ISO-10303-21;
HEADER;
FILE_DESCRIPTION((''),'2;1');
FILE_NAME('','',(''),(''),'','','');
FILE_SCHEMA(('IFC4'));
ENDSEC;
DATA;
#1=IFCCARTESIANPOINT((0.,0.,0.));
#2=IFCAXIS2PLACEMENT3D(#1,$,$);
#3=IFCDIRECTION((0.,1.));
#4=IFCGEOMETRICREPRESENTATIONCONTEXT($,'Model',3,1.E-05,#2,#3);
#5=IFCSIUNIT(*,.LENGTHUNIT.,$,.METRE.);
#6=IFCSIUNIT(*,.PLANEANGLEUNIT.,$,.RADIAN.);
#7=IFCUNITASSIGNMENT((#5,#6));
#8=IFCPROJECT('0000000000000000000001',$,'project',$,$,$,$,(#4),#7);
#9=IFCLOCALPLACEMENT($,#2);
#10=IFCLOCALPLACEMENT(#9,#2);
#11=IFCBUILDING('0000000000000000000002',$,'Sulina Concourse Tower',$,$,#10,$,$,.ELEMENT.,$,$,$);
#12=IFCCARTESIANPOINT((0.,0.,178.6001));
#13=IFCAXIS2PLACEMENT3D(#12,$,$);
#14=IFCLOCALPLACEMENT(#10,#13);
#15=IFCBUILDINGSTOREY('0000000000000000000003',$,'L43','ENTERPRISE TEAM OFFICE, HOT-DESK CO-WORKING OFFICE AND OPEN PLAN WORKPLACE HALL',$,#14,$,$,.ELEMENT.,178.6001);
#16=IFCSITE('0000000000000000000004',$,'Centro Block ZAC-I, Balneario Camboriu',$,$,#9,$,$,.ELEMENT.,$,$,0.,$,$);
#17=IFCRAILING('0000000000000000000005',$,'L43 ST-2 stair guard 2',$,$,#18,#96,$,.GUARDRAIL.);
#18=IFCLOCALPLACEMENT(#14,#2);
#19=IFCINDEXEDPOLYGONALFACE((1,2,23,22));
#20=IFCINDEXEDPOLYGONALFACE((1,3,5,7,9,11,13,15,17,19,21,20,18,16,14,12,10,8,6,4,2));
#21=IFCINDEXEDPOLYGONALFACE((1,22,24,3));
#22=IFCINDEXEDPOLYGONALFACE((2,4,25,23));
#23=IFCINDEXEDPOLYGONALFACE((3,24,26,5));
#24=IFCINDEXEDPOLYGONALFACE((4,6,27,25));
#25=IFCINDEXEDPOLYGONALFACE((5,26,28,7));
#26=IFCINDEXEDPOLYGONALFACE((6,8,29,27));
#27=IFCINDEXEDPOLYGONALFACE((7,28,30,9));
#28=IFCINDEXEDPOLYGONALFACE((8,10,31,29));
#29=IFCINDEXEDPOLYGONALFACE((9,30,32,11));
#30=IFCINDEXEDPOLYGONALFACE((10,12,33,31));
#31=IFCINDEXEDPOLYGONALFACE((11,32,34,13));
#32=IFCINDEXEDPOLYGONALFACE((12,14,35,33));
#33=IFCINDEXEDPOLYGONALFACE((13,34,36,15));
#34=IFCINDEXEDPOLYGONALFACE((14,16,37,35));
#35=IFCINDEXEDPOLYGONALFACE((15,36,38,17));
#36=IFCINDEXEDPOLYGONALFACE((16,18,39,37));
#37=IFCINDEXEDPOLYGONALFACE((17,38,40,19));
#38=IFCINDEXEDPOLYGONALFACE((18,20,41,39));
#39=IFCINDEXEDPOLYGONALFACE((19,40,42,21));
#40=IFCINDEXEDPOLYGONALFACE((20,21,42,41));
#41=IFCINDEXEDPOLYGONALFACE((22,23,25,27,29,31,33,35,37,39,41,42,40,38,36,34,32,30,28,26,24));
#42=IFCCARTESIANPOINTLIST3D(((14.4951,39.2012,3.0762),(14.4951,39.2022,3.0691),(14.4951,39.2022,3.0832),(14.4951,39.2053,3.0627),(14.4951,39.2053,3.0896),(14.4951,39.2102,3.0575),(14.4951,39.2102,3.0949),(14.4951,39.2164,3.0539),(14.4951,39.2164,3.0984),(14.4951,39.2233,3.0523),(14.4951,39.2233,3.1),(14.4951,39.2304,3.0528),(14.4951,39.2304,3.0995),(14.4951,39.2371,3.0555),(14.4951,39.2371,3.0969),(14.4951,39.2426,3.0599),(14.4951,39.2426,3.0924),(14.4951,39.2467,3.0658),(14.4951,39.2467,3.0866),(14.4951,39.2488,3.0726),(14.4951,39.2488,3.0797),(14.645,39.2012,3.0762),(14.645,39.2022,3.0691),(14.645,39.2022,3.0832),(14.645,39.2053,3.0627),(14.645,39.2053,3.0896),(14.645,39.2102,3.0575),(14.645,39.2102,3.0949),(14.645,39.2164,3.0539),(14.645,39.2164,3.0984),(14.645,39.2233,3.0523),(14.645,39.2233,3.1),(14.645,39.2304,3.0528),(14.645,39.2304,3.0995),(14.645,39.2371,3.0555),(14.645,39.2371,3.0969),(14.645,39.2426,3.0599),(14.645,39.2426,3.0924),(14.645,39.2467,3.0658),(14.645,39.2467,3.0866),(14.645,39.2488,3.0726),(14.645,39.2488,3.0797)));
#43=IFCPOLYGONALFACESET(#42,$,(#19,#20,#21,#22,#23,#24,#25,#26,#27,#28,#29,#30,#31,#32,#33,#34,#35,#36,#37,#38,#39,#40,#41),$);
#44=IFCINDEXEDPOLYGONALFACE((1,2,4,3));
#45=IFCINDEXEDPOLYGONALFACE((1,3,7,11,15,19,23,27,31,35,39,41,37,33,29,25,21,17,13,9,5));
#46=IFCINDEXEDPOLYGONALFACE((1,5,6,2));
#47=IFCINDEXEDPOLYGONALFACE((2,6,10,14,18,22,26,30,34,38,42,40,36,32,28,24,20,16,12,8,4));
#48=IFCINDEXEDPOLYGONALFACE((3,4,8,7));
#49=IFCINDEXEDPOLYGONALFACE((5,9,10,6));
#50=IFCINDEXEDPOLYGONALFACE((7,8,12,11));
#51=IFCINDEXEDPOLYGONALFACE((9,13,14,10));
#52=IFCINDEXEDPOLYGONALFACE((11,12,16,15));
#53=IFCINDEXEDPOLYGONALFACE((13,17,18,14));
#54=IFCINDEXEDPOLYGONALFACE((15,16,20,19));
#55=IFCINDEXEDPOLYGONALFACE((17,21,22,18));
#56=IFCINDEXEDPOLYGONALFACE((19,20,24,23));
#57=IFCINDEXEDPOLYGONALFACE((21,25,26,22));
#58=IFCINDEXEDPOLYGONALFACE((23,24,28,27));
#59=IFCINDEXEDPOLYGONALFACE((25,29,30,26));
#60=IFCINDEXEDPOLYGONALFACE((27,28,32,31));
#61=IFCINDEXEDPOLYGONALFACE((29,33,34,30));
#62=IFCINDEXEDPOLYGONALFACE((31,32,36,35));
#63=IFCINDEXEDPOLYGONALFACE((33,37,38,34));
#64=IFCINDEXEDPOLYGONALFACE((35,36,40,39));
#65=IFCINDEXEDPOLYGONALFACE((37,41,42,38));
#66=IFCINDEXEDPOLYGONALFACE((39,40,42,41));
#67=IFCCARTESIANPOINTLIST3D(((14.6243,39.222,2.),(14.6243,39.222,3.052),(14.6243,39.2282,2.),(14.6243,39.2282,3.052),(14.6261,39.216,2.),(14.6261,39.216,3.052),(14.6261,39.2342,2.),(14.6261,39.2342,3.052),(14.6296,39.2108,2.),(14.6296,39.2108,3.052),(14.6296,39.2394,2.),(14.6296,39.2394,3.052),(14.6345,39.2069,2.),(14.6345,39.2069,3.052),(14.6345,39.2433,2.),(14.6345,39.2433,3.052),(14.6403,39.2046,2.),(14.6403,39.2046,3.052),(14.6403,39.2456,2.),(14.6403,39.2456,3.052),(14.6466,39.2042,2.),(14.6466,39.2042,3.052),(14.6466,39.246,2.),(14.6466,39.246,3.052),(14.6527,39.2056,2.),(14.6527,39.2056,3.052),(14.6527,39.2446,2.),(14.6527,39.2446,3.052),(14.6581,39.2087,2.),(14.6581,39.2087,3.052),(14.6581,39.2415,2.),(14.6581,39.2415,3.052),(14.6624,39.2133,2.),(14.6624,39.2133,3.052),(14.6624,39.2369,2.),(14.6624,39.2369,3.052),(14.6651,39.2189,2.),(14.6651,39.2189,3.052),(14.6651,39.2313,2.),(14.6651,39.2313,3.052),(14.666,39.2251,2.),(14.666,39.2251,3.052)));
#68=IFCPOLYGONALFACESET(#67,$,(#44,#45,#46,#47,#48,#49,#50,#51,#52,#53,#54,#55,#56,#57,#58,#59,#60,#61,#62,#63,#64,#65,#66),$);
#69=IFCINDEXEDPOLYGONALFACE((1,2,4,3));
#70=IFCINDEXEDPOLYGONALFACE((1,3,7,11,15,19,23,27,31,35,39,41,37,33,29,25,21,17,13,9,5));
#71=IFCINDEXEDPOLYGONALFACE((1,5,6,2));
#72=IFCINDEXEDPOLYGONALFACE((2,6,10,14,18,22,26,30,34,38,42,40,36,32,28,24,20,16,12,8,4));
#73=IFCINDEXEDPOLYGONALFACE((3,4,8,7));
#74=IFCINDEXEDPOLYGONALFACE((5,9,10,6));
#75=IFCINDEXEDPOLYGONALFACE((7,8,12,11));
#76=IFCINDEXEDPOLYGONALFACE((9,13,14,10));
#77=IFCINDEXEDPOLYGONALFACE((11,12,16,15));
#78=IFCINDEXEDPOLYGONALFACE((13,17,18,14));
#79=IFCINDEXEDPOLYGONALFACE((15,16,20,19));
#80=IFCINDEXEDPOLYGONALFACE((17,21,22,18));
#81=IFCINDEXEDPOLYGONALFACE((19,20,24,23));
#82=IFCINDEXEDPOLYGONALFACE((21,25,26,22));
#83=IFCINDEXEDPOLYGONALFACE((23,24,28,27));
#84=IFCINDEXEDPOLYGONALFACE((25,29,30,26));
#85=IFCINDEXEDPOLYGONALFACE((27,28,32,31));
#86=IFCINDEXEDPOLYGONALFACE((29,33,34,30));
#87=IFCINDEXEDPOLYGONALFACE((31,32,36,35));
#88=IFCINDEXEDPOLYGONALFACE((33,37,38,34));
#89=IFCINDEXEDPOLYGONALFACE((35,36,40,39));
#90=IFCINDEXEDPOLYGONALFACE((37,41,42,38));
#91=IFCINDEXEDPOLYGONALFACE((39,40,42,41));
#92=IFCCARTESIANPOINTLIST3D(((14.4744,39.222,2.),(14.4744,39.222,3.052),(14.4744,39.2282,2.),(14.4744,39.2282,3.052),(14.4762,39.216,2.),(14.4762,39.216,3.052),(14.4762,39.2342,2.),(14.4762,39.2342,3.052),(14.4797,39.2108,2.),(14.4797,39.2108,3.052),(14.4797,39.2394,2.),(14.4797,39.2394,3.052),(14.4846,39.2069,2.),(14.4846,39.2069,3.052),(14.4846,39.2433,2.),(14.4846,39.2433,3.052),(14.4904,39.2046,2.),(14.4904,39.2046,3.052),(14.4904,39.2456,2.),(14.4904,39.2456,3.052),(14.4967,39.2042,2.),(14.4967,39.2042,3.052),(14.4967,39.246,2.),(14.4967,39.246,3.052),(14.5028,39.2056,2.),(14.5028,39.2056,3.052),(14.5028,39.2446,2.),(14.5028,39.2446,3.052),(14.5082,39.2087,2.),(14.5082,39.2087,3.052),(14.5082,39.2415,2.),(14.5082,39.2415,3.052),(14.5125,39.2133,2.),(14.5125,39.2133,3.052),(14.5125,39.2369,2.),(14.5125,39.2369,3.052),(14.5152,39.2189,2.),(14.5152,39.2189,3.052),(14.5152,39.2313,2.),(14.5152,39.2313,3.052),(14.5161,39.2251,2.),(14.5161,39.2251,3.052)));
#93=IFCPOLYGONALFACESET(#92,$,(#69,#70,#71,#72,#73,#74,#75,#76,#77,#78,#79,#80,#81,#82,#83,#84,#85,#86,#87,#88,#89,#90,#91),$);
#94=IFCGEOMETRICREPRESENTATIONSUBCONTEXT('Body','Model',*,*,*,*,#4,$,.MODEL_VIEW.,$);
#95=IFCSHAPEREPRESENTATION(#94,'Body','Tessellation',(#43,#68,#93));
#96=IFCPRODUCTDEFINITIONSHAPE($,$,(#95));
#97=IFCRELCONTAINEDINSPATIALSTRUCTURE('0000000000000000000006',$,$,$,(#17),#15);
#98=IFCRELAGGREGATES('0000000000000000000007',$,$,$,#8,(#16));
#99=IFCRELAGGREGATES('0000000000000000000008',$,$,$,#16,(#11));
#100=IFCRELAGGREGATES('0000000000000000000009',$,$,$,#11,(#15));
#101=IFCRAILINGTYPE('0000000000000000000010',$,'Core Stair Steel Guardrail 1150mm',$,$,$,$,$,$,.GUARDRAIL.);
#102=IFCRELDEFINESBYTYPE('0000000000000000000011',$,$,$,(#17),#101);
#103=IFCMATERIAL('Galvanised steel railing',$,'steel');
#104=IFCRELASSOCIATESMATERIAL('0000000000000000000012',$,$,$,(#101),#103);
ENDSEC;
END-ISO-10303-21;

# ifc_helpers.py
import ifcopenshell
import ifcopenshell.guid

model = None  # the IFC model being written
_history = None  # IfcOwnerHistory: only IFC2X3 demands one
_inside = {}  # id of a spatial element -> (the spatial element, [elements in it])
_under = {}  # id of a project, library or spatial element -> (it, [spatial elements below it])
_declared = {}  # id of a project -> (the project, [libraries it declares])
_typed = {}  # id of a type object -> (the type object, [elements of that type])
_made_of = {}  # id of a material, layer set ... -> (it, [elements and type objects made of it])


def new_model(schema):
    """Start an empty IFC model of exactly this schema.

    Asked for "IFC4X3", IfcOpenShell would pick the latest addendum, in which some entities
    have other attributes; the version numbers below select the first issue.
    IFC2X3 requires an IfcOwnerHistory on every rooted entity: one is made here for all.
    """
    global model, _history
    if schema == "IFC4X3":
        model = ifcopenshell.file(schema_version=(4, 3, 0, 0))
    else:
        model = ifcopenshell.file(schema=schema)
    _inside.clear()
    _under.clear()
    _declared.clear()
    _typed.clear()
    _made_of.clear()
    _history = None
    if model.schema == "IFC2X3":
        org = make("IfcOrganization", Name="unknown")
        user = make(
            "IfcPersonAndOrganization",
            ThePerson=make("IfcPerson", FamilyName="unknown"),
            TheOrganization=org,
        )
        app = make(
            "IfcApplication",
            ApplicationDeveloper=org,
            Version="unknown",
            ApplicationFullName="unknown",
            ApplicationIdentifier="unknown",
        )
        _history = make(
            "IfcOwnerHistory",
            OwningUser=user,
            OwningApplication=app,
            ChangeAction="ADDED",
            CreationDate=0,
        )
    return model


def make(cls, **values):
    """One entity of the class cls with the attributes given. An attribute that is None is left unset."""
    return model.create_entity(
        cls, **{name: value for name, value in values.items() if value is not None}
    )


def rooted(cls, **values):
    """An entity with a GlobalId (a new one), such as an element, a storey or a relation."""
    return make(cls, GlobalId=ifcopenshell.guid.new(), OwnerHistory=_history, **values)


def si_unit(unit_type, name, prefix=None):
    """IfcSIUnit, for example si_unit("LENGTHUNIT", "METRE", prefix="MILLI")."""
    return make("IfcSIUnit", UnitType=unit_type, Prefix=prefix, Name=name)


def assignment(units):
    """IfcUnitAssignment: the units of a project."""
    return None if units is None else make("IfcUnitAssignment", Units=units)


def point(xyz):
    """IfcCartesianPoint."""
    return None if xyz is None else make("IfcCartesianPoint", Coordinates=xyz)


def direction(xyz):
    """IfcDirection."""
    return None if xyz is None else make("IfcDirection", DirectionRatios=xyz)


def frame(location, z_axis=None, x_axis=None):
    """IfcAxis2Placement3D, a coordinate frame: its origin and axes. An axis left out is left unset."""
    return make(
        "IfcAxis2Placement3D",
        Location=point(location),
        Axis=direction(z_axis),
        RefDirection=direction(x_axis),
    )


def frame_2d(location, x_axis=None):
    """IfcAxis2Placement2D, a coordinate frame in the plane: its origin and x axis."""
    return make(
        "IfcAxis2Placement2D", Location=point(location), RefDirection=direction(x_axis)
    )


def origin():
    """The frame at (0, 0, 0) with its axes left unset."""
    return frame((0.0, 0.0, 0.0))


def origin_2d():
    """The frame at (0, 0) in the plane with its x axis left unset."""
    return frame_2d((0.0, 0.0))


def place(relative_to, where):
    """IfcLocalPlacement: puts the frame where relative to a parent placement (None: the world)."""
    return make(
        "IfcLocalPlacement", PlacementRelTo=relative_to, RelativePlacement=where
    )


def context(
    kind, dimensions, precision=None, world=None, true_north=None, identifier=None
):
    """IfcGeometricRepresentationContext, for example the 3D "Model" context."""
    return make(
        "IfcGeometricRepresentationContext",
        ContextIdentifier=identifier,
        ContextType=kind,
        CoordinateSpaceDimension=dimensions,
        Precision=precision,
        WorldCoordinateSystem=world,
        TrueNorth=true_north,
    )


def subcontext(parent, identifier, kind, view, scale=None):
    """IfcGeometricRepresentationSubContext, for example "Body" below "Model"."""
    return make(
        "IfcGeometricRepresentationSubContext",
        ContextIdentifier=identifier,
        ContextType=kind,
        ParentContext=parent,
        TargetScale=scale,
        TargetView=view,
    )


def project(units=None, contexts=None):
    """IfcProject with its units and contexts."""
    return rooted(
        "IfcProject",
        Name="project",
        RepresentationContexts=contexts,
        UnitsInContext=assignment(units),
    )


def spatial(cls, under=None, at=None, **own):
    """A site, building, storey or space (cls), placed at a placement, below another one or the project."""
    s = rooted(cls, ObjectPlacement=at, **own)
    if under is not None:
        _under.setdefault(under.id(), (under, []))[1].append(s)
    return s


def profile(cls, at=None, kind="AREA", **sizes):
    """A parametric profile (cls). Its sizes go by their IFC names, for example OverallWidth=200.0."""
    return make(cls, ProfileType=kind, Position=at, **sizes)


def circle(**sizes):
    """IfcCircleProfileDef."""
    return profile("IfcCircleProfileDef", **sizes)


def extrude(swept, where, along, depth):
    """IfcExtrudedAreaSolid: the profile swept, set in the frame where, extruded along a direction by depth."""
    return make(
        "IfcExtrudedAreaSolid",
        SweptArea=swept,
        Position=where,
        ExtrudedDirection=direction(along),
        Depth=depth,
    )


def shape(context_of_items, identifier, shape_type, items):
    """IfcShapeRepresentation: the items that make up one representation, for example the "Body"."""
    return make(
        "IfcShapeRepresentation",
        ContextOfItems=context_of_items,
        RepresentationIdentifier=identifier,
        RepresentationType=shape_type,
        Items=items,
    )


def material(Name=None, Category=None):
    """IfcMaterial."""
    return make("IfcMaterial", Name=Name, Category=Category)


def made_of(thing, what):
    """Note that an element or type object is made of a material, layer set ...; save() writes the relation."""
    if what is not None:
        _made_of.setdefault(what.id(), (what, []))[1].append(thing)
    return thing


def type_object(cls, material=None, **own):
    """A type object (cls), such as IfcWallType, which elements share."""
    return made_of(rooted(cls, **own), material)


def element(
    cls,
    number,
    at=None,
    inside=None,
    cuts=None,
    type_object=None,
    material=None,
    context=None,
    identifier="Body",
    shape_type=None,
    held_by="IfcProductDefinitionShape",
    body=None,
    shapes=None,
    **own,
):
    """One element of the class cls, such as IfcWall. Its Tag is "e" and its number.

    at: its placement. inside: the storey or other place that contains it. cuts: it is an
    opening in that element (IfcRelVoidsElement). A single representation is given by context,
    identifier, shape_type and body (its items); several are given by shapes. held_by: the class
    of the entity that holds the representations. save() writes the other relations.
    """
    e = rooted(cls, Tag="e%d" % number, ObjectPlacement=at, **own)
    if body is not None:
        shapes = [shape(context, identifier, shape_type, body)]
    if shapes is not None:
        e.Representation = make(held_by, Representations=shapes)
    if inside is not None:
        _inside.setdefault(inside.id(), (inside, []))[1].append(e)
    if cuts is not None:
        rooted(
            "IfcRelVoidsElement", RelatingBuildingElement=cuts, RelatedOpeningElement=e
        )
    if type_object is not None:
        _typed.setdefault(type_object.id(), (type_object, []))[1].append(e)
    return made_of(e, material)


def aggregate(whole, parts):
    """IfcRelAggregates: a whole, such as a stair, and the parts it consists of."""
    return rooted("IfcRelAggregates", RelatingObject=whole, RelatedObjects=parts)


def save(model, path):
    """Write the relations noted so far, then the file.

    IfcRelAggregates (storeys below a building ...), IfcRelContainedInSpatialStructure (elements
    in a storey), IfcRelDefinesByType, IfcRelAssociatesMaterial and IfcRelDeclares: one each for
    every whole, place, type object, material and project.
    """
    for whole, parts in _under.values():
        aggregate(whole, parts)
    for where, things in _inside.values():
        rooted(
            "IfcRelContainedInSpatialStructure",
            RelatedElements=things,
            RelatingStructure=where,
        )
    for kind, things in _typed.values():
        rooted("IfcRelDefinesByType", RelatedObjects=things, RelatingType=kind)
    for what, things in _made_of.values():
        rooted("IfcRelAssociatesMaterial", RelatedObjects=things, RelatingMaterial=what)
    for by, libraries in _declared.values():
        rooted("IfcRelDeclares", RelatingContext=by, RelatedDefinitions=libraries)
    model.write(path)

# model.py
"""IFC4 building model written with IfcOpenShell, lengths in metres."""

from ifc_helpers import new_model, si_unit, direction, frame, origin, origin_2d, place, context, subcontext, project, spatial, circle, extrude, material, type_object, element, save


model = new_model("IFC4")

# Units and contexts
model_context = context("Model", 3, precision=1e-05, world=origin(), true_north=direction((0.0, 1.0)))
body_context = subcontext(model_context, "Body", "Model", "MODEL_VIEW")
ifc_project = project(units=[si_unit("LENGTHUNIT", "METRE"), si_unit("PLANEANGLEUNIT", "RADIAN")], contexts=[model_context])

# Site, building, storey
site_placement = place(None, origin())
site = spatial("IfcSite", under=ifc_project, at=site_placement, Name="Centro Block ZAC-I, Balneario Camboriu", CompositionType="ELEMENT", RefElevation=0.0)
building_placement = place(site_placement, origin())
building = spatial("IfcBuilding", under=site, at=building_placement, Name="Sulina Concourse Tower", CompositionType="ELEMENT")
storey_placement = place(building_placement, frame((0.0, 0.0, 178.6001)))
storey = spatial("IfcBuildingStorey", under=building, at=storey_placement, Name="L43", Description="ENTERPRISE TEAM OFFICE, HOT-DESK CO-WORKING OFFICE AND OPEN PLAN WORKPLACE HALL", CompositionType="ELEMENT", Elevation=178.6001)

# Railing
ifc_material_1 = material(Name="Galvanised steel railing", Category="steel")
railing_type_1 = type_object("IfcRailingType", Name="Core Stair Steel Guardrail 1150mm", PredefinedType="GUARDRAIL", material=ifc_material_1)
railing_1_placement = place(storey_placement, frame((14.645, 39.2251, 2.0)))
element("IfcRailing", 1, at=railing_1_placement, inside=storey, type_object=railing_type_1, Name="L43 ST-2 stair guard 2", PredefinedType="GUARDRAIL", context=body_context, shape_type="SweptSolid", body=[
    extrude(circle(Radius=0.0239, at=origin_2d()), frame((0.0, 0.0, 1.0762), z_axis=(-1.0, 0.0, 0.0), x_axis=(0.0, -1.0, 0.0)), (0.0, 0.0, 1.0), 0.1499),
    extrude(circle(Radius=0.021, at=origin_2d()), origin(), (0.0, 0.0, 1.0), 1.052),
    extrude(circle(Radius=0.021, at=origin_2d()), frame((-0.1499, 0.0, 0.0)), (0.0, 0.0, 1.0), 1.052),
])

save(model, "model.ifc")
